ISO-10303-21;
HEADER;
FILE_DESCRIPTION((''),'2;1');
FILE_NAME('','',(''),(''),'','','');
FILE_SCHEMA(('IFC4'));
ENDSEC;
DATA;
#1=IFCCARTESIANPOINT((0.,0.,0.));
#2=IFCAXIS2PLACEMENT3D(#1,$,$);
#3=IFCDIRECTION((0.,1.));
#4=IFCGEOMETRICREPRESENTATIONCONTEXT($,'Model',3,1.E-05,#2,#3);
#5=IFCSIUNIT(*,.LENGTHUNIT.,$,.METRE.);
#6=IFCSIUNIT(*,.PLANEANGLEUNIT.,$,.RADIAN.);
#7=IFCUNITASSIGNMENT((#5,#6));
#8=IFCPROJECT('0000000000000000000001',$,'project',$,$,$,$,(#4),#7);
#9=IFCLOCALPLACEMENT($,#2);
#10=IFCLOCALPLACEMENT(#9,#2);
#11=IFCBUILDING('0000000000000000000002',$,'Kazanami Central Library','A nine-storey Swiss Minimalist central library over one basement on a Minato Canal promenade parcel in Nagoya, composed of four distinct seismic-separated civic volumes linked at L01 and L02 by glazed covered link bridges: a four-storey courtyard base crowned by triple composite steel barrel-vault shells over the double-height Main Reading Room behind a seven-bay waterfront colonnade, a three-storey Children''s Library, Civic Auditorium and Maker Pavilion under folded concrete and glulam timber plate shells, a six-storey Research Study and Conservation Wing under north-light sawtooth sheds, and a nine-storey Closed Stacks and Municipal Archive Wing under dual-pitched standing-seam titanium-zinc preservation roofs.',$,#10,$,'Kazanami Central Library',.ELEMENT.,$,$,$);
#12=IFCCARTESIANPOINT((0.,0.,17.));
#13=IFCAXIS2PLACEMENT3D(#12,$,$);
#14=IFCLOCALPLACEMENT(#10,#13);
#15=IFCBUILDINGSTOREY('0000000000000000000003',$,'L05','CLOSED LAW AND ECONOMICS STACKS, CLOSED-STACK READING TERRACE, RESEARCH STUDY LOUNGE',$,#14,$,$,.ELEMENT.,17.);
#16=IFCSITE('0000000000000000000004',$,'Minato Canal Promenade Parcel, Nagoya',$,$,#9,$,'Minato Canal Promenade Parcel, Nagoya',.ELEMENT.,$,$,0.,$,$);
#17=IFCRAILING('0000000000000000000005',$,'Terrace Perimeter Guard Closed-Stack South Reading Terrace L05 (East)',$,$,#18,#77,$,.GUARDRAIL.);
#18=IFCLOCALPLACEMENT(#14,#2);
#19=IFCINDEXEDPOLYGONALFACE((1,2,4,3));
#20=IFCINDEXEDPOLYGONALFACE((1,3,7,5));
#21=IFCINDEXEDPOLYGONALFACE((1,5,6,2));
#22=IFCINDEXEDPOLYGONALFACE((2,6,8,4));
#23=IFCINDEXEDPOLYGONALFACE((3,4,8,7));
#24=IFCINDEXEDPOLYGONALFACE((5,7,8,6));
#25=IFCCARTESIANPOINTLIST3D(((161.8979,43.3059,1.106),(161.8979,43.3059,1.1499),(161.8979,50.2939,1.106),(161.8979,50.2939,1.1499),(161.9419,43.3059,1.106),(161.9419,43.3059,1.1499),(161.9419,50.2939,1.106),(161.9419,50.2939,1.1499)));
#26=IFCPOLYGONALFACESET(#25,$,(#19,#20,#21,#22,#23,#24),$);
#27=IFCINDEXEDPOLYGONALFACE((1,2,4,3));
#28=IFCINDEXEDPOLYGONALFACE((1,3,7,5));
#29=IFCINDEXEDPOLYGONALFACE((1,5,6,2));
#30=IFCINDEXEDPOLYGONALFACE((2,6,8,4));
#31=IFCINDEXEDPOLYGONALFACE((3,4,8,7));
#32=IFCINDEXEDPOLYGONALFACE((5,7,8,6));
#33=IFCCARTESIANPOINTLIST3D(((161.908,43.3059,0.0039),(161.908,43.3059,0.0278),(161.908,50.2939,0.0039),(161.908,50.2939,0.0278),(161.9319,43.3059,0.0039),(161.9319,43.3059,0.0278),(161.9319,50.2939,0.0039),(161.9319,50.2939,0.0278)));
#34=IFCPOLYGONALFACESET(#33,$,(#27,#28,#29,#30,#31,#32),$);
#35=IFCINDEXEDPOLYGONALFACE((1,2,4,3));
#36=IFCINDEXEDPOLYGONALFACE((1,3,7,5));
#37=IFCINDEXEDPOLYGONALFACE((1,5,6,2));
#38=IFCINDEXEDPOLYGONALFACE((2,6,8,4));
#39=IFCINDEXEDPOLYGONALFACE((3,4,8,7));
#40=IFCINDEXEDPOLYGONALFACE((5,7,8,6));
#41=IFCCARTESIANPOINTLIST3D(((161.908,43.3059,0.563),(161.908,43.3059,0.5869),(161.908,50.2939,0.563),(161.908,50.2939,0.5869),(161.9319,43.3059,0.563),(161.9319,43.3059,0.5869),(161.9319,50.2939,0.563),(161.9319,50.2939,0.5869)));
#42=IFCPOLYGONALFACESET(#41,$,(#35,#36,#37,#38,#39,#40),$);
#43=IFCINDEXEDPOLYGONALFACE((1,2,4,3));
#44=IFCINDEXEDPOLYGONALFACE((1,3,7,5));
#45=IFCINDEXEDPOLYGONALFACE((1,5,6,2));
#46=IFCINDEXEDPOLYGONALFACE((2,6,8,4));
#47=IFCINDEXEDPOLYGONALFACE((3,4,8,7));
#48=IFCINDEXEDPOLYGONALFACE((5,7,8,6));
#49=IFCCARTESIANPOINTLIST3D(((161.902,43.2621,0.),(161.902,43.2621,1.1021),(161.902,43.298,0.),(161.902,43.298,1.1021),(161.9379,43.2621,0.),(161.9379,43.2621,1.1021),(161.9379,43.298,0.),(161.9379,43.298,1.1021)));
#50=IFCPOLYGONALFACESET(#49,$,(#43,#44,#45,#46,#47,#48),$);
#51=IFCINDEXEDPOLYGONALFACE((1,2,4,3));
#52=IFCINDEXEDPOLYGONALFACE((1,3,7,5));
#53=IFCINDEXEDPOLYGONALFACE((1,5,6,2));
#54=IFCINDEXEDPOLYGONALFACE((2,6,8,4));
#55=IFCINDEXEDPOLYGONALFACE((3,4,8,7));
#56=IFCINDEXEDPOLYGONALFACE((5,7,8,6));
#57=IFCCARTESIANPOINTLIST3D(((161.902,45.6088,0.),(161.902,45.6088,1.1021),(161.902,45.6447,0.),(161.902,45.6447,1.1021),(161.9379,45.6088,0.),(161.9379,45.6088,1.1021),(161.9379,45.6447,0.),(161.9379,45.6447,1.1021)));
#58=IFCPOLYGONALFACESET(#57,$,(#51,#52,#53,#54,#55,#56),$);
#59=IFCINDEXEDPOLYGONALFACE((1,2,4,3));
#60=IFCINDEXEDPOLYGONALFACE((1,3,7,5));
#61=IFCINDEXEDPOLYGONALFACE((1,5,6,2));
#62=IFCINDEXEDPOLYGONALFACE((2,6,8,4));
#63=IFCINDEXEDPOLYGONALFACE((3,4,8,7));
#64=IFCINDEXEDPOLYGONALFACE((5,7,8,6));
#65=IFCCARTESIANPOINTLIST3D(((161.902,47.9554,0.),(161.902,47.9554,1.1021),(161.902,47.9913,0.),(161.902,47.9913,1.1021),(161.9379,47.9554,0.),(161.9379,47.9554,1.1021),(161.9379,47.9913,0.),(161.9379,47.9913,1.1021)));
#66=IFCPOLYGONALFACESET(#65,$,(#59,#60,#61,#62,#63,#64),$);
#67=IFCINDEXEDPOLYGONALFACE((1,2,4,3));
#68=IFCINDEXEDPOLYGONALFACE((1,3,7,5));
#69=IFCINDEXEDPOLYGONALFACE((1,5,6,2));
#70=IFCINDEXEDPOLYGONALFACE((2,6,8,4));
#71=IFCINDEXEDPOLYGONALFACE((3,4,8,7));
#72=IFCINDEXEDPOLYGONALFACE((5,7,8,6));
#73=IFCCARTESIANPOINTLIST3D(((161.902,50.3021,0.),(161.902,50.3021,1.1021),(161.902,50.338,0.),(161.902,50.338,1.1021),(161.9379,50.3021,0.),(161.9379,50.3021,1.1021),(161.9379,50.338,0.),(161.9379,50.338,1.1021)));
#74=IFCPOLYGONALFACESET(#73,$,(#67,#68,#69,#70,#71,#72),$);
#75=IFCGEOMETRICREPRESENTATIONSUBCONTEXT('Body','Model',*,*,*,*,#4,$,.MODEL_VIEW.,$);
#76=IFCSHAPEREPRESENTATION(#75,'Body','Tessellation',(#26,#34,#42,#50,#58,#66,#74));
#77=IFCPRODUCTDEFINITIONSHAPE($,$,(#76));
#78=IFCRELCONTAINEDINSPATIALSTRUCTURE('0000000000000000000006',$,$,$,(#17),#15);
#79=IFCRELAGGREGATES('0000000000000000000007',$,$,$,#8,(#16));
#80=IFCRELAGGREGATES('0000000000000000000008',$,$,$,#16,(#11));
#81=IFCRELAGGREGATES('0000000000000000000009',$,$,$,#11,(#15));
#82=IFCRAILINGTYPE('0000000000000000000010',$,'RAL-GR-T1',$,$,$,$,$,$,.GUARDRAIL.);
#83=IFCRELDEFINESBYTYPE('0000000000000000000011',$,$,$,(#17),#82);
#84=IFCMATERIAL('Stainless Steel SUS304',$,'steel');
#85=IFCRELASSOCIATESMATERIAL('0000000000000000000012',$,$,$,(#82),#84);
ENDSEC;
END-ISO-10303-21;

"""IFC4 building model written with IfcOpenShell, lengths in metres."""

from ifc_helpers import new_model, si_unit, direction, frame, origin, origin_2d, place, context, subcontext, project, spatial, rectangle, extrude, material, type_object, element, save


model = new_model("IFC4")

# Units and contexts
model_context = context("Model", 3, precision=1e-05, world=origin(), true_north=direction((0.0, 1.0)))
body_context = subcontext(model_context, "Body", "Model", "MODEL_VIEW")
ifc_project = project(units=[si_unit("LENGTHUNIT", "METRE"), si_unit("PLANEANGLEUNIT", "RADIAN")], contexts=[model_context])

# Site, building, storey
site_placement = place(None, origin())
site = spatial("IfcSite", under=ifc_project, at=site_placement, Name="Minato Canal Promenade Parcel, Nagoya", LongName="Minato Canal Promenade Parcel, Nagoya", CompositionType="ELEMENT", RefElevation=0.0)
building_placement = place(site_placement, origin())
building = spatial("IfcBuilding", under=site, at=building_placement, Name="Kazanami Central Library", Description="A nine-storey Swiss Minimalist central library over one basement on a Minato Canal promenade parcel in Nagoya, composed of four distinct seismic-separated civic volumes linked at L01 and L02 by glazed covered link bridges: a four-storey courtyard base crowned by triple composite steel barrel-vault shells over the double-height Main Reading Room behind a seven-bay waterfront colonnade, a three-storey Children's Library, Civic Auditorium and Maker Pavilion under folded concrete and glulam timber plate shells, a six-storey Research Study and Conservation Wing under north-light sawtooth sheds, and a nine-storey Closed Stacks and Municipal Archive Wing under dual-pitched standing-seam titanium-zinc preservation roofs.", LongName="Kazanami Central Library", CompositionType="ELEMENT")
storey_placement = place(building_placement, frame((0.0, 0.0, 17.0)))
storey = spatial("IfcBuildingStorey", under=building, at=storey_placement, Name="L05", Description="CLOSED LAW AND ECONOMICS STACKS, CLOSED-STACK READING TERRACE, RESEARCH STUDY LOUNGE", CompositionType="ELEMENT", Elevation=17.0)

# Railing
ifc_material_1 = material(Name="Stainless Steel SUS304", Category="steel")
railing_type = type_object("IfcRailingType", Name="RAL-GR-T1", PredefinedType="GUARDRAIL", material=ifc_material_1)
railing_placement = place(storey_placement, frame((161.9199, 43.28, 0.0)))
element("IfcRailing", 1, at=railing_placement, inside=storey, type_object=railing_type, Name="Terrace Perimeter Guard Closed-Stack South Reading Terrace L05 (East)", PredefinedType="GUARDRAIL", context=body_context, shape_type="SweptSolid", body=[
    extrude(rectangle(XDim=0.0439, YDim=0.0439, at=origin_2d()), frame((0.0, 0.0259, 1.1279), z_axis=(0.0, 1.0, 0.0), x_axis=(-1.0, 0.0, 0.0)), (0.0, 0.0, 1.0), 6.988),
    extrude(rectangle(XDim=0.0239, YDim=0.0239, at=origin_2d()), frame((0.0, 0.0259, 0.0159), z_axis=(0.0, 1.0, 0.0), x_axis=(-1.0, 0.0, 0.0)), (0.0, 0.0, 1.0), 6.988),
    extrude(rectangle(XDim=0.0239, YDim=0.0239, at=origin_2d()), frame((0.0, 0.0259, 0.575), z_axis=(0.0, 1.0, 0.0), x_axis=(-1.0, 0.0, 0.0)), (0.0, 0.0, 1.0), 6.988),
    extrude(rectangle(XDim=0.0359, YDim=0.0359, at=origin_2d()), origin(), (0.0, 0.0, 1.0), 1.1021),
    extrude(rectangle(XDim=0.0359, YDim=0.0359, at=origin_2d()), frame((0.0, 2.3467, 0.0)), (0.0, 0.0, 1.0), 1.1021),
    extrude(rectangle(XDim=0.0359, YDim=0.0359, at=origin_2d()), frame((0.0, 4.6934, 0.0)), (0.0, 0.0, 1.0), 1.1021),
    extrude(rectangle(XDim=0.0359, YDim=0.0359, at=origin_2d()), frame((0.0, 7.04, 0.0)), (0.0, 0.0, 1.0), 1.1021),
])

save(model, "model.ifc")
